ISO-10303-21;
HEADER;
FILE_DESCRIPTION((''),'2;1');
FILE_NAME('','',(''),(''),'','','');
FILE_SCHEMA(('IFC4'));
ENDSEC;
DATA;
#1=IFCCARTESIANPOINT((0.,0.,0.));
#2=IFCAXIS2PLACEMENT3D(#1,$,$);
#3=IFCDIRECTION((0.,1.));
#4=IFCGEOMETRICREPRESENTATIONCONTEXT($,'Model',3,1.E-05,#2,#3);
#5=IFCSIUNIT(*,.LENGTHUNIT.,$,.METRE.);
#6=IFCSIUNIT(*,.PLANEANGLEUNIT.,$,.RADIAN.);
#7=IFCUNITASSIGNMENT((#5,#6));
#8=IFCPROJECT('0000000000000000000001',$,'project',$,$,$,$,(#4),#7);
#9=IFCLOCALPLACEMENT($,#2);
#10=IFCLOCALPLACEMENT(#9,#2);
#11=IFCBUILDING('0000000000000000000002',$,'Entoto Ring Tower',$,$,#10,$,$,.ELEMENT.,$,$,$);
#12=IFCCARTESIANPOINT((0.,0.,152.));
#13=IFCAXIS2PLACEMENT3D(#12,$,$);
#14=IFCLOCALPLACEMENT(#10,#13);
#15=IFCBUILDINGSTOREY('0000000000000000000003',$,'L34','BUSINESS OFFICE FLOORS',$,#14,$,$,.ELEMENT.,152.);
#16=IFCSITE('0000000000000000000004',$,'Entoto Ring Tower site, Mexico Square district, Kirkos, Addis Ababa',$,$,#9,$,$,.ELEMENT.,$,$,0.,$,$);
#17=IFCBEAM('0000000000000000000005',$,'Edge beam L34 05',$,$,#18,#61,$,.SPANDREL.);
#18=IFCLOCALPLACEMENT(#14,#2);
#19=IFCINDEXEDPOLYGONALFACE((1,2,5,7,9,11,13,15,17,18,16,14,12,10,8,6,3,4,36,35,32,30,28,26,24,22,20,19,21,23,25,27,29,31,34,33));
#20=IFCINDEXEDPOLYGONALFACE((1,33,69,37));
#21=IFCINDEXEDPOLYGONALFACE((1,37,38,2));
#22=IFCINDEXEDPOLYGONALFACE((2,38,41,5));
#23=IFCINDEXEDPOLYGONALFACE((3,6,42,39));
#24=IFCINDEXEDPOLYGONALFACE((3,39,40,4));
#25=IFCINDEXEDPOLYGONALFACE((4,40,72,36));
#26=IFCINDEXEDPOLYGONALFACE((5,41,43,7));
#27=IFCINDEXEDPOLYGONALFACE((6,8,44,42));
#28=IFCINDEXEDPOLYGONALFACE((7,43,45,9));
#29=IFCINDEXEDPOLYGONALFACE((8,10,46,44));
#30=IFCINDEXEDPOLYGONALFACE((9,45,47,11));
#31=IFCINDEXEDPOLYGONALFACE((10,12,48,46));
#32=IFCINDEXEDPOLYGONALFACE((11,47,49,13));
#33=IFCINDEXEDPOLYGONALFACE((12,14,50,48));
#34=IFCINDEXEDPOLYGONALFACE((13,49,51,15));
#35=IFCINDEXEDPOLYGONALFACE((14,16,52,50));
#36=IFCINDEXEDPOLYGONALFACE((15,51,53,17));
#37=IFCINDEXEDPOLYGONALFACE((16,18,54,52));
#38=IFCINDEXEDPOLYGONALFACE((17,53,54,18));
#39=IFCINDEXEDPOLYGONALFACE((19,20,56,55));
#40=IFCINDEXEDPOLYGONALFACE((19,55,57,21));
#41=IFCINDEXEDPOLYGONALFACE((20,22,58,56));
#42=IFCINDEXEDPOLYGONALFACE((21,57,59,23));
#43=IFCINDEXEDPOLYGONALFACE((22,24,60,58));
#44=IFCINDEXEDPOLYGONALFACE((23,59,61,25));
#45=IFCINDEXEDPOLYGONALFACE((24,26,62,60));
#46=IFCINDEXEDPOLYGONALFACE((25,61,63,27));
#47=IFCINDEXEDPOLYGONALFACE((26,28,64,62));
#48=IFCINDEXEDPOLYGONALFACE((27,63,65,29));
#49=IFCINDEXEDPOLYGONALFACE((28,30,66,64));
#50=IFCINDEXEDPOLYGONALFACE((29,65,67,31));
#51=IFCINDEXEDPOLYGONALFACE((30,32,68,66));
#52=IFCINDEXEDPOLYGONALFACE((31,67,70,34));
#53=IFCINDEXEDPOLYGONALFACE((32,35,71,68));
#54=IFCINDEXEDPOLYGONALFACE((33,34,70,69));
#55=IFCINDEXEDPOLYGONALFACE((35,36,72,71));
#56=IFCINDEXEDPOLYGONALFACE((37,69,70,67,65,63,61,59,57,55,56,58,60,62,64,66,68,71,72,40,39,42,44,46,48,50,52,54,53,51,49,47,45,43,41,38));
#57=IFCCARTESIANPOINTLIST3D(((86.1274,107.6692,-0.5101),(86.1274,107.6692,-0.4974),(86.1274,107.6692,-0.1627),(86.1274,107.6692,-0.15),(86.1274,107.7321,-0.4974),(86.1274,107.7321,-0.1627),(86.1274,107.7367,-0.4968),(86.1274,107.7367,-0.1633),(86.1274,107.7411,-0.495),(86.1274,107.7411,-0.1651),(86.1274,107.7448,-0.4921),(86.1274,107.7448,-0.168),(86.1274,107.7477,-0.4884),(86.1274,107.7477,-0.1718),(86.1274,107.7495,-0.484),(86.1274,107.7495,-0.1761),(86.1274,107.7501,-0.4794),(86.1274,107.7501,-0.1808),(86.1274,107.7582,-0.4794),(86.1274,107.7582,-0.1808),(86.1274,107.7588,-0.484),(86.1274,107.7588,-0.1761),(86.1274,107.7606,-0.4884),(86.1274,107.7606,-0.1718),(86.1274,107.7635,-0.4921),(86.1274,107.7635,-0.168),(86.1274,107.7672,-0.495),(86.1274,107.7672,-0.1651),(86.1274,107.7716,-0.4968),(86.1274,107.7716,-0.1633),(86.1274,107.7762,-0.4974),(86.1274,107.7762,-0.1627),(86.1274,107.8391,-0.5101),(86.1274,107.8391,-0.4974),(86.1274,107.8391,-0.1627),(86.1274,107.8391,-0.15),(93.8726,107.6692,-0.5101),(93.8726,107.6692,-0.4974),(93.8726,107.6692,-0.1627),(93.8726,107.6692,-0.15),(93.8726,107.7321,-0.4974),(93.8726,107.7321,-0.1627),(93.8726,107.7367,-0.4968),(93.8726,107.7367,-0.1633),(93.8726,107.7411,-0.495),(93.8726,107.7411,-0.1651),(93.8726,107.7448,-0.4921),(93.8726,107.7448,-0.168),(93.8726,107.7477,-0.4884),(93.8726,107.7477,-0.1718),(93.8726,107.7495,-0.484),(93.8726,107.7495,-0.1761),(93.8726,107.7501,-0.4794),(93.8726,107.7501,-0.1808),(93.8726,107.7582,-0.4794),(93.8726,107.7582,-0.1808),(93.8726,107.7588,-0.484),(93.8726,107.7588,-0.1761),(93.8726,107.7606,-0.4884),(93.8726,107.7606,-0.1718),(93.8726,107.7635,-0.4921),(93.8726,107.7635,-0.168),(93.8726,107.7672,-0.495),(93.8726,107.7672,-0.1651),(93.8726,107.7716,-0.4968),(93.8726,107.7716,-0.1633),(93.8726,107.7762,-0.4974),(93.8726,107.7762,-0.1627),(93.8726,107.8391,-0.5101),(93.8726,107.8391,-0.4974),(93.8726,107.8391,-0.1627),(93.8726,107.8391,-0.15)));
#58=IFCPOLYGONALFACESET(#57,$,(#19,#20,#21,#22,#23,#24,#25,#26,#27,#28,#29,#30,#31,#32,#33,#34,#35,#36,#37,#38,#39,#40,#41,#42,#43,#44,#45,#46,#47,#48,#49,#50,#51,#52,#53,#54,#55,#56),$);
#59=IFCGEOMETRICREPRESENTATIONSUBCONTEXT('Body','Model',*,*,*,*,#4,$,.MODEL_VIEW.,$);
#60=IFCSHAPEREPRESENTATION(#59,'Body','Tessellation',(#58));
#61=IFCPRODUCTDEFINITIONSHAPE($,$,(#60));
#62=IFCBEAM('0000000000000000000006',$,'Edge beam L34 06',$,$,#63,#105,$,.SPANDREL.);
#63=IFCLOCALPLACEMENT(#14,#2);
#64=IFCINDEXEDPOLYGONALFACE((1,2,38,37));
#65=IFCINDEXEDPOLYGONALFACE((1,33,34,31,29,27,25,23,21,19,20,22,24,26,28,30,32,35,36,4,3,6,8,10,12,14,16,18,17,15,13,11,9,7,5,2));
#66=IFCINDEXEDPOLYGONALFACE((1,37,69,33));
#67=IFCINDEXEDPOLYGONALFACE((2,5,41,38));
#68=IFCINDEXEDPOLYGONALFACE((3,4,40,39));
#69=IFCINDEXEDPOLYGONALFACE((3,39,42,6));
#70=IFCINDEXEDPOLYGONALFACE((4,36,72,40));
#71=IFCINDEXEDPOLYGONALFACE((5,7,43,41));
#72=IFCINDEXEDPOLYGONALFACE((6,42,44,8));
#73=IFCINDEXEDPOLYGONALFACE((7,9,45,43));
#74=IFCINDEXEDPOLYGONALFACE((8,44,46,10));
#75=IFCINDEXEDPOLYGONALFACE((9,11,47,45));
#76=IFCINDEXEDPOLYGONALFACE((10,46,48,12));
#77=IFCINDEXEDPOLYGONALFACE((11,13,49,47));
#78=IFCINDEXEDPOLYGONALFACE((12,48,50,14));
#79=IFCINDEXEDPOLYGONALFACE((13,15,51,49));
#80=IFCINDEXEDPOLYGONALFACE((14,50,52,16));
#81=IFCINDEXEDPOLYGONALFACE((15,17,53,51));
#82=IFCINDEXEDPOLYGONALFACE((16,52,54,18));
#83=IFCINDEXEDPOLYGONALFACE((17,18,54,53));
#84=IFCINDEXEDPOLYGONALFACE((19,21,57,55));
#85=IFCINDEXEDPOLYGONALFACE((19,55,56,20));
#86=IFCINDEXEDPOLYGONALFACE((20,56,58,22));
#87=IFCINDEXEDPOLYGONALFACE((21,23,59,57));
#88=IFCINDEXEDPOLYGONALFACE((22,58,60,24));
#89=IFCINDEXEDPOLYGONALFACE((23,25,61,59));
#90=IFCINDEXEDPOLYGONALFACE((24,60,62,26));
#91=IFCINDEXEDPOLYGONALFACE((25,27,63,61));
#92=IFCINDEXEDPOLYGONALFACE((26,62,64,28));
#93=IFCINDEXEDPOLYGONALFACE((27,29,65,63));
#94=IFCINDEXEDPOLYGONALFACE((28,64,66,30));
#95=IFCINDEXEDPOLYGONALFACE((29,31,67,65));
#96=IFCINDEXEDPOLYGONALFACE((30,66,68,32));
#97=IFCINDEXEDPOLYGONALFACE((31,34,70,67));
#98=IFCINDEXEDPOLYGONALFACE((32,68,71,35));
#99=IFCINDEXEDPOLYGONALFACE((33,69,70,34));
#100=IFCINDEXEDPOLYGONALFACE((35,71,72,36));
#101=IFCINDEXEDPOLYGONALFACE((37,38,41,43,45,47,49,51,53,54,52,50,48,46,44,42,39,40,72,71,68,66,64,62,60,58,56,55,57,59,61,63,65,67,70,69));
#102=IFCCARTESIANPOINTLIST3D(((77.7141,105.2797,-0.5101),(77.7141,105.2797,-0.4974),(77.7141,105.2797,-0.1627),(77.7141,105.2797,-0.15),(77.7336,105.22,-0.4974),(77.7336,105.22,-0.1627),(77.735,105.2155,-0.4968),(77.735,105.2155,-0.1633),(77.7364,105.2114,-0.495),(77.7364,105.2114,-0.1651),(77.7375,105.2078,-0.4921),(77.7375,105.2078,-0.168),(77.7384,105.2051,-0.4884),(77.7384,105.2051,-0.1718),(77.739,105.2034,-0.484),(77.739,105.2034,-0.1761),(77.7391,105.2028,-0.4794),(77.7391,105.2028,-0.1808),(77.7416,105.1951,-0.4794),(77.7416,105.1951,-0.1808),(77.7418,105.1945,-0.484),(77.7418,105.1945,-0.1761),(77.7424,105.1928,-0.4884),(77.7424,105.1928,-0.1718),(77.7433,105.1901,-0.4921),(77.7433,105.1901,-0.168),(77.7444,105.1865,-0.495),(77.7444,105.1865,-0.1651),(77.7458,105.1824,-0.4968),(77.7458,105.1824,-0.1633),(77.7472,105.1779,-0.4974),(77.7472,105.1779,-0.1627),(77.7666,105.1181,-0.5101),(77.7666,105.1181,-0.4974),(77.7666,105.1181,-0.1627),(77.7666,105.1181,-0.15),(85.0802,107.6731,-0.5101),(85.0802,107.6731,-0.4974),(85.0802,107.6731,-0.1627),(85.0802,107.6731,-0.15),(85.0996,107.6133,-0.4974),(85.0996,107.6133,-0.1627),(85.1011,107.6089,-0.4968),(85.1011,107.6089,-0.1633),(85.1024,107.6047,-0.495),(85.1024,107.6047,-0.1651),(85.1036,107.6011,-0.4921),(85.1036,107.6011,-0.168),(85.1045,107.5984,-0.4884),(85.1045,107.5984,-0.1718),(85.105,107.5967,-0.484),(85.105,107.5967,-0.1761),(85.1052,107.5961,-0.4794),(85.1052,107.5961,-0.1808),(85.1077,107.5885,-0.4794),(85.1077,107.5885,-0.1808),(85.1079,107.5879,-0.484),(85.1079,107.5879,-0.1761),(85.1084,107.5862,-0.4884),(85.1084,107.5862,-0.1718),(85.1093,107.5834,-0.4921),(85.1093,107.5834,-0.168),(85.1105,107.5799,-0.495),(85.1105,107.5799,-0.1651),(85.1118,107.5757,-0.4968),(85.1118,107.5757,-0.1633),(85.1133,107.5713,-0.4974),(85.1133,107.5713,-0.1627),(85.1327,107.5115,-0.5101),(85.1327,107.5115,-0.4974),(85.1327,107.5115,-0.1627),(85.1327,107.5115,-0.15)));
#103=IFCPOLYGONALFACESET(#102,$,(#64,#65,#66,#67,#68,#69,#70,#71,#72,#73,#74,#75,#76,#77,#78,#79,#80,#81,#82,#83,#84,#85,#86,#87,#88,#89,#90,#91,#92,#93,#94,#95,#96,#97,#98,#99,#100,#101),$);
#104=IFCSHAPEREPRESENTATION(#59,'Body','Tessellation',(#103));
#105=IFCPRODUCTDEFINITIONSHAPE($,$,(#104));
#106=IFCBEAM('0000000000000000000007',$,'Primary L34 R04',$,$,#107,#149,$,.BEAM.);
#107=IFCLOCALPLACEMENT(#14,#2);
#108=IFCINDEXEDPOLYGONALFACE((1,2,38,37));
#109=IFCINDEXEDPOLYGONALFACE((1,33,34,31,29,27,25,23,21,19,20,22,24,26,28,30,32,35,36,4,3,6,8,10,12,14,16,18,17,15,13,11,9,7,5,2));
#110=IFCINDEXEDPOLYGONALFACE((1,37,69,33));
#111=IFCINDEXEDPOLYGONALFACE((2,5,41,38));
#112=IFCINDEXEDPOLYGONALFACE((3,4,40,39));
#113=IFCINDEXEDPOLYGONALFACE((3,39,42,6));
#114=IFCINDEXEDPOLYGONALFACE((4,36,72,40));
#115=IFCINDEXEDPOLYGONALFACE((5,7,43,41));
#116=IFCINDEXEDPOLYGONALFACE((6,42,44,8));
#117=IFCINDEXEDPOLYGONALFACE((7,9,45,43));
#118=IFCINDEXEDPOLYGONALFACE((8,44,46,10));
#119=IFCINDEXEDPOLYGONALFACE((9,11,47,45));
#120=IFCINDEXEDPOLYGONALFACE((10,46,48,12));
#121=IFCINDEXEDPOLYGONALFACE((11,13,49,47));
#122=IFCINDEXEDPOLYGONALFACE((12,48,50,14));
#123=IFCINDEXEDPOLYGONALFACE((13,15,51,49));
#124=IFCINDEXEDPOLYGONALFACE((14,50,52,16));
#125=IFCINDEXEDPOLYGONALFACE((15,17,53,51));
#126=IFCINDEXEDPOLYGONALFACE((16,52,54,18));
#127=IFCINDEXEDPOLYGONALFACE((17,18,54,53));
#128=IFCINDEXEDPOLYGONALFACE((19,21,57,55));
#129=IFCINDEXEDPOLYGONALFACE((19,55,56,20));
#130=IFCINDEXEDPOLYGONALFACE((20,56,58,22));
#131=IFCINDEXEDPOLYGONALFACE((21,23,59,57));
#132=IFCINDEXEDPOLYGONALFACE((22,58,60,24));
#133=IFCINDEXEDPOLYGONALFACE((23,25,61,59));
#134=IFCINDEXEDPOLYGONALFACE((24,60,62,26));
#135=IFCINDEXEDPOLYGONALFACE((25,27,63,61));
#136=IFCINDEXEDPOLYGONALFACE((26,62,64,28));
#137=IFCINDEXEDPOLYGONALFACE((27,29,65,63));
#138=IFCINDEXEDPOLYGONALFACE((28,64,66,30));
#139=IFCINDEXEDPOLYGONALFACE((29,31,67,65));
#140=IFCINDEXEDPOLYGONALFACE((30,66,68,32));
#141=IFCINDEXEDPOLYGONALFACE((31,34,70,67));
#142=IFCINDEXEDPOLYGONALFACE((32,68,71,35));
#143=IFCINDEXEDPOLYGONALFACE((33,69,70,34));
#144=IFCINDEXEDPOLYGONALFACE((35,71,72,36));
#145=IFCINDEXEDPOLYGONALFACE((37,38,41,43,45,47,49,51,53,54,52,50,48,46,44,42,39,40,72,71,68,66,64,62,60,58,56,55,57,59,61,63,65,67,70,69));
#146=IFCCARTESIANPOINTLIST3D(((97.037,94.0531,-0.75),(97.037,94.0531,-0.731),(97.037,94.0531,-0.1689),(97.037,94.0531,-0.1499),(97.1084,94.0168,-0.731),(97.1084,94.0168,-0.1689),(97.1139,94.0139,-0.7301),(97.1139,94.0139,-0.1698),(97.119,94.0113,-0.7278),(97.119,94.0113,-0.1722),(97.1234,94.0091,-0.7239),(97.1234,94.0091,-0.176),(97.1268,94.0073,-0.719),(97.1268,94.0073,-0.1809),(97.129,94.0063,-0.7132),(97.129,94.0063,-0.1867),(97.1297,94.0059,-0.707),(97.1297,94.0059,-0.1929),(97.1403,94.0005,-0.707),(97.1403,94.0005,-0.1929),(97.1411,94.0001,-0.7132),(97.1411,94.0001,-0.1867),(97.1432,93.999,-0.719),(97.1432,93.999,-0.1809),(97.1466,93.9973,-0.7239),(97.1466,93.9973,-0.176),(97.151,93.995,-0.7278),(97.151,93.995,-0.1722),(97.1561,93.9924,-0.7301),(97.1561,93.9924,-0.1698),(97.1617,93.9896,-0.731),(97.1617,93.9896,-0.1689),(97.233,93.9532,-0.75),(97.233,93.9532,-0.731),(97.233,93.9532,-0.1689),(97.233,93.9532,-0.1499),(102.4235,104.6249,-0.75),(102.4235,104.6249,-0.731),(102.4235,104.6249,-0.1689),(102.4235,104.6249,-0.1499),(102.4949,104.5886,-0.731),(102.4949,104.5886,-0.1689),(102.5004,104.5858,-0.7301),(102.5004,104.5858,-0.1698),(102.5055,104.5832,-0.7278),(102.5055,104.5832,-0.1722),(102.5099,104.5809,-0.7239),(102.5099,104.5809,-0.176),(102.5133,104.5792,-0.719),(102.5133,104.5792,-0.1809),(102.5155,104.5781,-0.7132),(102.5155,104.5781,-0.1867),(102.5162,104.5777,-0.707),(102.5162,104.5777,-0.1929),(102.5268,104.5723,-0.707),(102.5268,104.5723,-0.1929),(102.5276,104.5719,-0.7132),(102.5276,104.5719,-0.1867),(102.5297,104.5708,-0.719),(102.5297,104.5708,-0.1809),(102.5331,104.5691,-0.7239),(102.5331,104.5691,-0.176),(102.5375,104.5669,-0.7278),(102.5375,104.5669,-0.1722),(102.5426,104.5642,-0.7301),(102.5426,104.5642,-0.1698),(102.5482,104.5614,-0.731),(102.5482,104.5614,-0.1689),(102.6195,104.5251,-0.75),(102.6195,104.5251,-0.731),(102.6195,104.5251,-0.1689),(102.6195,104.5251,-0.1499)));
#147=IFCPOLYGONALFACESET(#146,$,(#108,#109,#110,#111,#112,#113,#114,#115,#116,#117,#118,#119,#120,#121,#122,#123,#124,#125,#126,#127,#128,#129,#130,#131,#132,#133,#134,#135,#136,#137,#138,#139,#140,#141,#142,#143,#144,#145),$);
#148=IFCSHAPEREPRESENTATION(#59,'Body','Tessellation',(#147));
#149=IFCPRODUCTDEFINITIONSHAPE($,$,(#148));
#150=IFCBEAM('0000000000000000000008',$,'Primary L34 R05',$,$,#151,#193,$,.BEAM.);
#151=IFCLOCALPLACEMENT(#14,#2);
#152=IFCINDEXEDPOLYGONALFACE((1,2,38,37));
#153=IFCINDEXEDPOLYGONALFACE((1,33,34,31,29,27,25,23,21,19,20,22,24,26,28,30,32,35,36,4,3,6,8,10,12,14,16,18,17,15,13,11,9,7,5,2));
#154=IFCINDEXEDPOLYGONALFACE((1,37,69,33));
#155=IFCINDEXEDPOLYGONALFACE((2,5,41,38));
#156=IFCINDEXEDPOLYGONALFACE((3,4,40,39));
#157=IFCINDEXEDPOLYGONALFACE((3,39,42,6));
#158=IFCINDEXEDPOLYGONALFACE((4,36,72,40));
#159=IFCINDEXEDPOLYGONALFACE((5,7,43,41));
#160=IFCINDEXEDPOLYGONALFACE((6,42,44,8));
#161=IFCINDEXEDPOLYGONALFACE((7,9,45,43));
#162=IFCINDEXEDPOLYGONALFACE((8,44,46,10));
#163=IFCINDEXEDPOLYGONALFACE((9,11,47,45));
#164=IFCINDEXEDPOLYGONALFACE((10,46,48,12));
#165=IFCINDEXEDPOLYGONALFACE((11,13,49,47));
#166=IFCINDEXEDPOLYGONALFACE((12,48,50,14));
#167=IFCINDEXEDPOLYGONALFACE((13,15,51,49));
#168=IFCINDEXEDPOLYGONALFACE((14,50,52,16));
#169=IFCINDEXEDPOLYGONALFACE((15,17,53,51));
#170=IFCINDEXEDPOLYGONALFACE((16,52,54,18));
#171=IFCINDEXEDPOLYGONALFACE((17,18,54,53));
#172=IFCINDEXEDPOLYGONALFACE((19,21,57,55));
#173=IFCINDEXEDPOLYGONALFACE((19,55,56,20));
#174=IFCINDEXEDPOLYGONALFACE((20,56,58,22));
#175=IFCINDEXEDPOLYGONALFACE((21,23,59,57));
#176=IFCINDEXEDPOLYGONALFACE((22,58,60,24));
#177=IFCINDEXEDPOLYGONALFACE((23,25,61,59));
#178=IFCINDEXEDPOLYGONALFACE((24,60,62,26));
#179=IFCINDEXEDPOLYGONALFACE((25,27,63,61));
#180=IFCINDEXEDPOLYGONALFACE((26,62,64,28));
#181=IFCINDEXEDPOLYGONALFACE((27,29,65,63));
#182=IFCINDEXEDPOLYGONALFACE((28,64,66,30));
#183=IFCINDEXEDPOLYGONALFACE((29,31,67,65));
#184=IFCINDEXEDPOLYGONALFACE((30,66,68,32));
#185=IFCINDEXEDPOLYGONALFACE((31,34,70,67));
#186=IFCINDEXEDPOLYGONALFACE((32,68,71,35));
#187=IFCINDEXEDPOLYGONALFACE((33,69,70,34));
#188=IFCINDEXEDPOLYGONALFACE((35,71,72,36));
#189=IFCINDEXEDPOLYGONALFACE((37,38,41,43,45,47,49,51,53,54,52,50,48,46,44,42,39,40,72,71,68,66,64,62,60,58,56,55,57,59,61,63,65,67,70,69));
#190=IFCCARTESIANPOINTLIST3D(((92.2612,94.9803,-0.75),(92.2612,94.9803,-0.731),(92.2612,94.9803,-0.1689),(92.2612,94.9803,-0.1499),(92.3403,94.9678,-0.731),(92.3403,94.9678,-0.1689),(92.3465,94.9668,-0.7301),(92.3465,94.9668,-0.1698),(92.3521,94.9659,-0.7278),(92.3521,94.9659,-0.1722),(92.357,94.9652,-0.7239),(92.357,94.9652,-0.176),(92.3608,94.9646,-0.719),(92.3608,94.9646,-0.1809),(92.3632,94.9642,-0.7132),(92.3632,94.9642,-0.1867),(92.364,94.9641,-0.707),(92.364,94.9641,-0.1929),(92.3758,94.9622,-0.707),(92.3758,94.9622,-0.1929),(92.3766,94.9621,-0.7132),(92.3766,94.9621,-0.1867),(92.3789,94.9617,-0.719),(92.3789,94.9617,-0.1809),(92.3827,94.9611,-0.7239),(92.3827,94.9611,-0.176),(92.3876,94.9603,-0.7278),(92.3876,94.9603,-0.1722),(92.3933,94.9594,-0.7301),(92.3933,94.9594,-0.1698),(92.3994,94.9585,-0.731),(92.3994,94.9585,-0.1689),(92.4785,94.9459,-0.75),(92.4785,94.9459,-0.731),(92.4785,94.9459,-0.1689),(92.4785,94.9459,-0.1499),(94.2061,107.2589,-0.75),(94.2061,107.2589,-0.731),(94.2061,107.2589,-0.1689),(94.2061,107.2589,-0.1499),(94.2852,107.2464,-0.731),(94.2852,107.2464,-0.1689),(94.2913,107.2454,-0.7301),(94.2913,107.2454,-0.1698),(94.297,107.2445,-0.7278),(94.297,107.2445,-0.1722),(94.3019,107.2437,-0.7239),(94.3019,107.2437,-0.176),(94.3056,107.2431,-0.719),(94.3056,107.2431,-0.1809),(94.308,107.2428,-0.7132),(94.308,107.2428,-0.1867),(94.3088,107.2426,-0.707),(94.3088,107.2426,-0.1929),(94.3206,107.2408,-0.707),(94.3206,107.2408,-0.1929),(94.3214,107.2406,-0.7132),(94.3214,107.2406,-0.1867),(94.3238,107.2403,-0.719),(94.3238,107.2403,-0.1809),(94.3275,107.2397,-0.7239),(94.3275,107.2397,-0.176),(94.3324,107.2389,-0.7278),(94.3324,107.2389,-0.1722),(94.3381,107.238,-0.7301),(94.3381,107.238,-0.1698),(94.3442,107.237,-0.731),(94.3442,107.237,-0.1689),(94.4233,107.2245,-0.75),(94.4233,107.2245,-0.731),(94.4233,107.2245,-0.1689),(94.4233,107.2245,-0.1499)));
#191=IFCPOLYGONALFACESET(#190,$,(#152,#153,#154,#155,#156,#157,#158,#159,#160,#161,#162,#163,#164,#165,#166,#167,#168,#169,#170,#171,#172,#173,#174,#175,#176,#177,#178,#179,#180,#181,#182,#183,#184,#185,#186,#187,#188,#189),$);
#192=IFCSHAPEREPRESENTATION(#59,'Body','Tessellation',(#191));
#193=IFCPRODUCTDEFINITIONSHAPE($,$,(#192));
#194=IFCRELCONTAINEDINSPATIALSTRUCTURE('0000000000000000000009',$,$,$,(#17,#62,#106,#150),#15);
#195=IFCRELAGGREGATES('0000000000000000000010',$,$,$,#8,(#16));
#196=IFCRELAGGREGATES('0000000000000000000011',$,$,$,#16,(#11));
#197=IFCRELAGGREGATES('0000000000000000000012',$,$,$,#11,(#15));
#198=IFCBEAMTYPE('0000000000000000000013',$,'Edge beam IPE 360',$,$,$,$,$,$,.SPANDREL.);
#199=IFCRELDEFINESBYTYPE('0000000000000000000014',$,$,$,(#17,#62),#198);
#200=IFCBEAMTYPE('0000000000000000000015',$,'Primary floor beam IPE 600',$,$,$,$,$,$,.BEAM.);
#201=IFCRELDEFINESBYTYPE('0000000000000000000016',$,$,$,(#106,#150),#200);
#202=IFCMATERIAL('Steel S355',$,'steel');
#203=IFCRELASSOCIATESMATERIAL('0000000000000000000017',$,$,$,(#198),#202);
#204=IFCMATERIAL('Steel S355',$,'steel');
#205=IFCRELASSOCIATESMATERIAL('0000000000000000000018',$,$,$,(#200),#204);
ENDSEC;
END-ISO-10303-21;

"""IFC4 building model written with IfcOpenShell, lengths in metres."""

from ifc_helpers import new_model, si_unit, direction, frame, origin, origin_2d, place, context, subcontext, project, spatial, i_section, extrude, material, material_profile, profile_set, type_object, element, save


model = new_model("IFC4")

# Units and contexts
model_context = context("Model", 3, precision=1e-05, world=origin(), true_north=direction((0.0, 1.0)))
body_context = subcontext(model_context, "Body", "Model", "MODEL_VIEW")
ifc_project = project(units=[si_unit("LENGTHUNIT", "METRE"), si_unit("PLANEANGLEUNIT", "RADIAN")], contexts=[model_context])

# Site, building, storey
site_placement = place(None, origin())
site = spatial("IfcSite", under=ifc_project, at=site_placement, Name="Entoto Ring Tower site, Mexico Square district, Kirkos, Addis Ababa", CompositionType="ELEMENT", RefElevation=0.0)
building_placement = place(site_placement, origin())
building = spatial("IfcBuilding", under=site, at=building_placement, Name="Entoto Ring Tower", CompositionType="ELEMENT")
storey_placement = place(building_placement, frame((0.0, 0.0, 152.0)))
storey = spatial("IfcBuildingStorey", under=building, at=storey_placement, Name="L34", Description="BUSINESS OFFICE FLOORS", CompositionType="ELEMENT", Elevation=152.0)

# Beams
ifc_material_1 = material(Name="Steel S355", Category="steel")
ifc_material_profile_1 = material_profile(ifc_material_1, i_section(OverallWidth=0.1699, OverallDepth=0.3601, WebThickness=0.0081, FlangeThickness=0.0127, FilletRadius=0.0181, at=origin_2d()), Name="IPE 360")
ifc_profile_set_1 = profile_set([ifc_material_profile_1], Name="Steel S355")
beam_type_1 = type_object("IfcBeamType", Name="Edge beam IPE 360", PredefinedType="SPANDREL", material=ifc_profile_set_1)
for number, where, z_axis, x_axis, name in (
    (1, (93.8726, 107.7542, -0.3301), (-1.0, 0.0, 0.0), (0.0, -1.0, 0.0), "Edge beam L34 05"),
    (2, (85.1064, 107.5923, -0.3301), (-0.951058, -0.309013, 0.0), (0.309013, -0.951058, 0.0), "Edge beam L34 06"),
):
    element("IfcBeam", number, at=place(storey_placement, frame(where, z_axis=z_axis, x_axis=x_axis)), inside=storey, type_object=beam_type_1, Name=name, PredefinedType="SPANDREL", context=body_context, shape_type="SweptSolid", body=[
        extrude(i_section(OverallWidth=0.1699, OverallDepth=0.3601, WebThickness=0.0081, FlangeThickness=0.0127, FilletRadius=0.0181, at=origin_2d()), origin(), (0.0, 0.0, 1.0), 7.7451),
    ])
ifc_material_2 = material(Name="Steel S355", Category="steel")
ifc_material_profile_2 = material_profile(ifc_material_2, i_section(OverallWidth=0.22, OverallDepth=0.6001, WebThickness=0.012, FlangeThickness=0.019, FilletRadius=0.0239, at=origin_2d()), Name="IPE 600")
ifc_profile_set_2 = profile_set([ifc_material_profile_2], Name="Steel S355")
beam_type_2 = type_object("IfcBeamType", Name="Primary floor beam IPE 600", PredefinedType="BEAM", material=ifc_profile_set_2)
beam_1_placement = place(storey_placement, frame((97.135, 94.0032, -0.45), z_axis=(0.453983, 0.89101, 0.0), x_axis=(-0.89101, 0.453983, 0.0)))
element("IfcBeam", 3, at=beam_1_placement, inside=storey, type_object=beam_type_2, Name="Primary L34 R04", PredefinedType="BEAM", context=body_context, shape_type="SweptSolid", body=[
    extrude(i_section(OverallWidth=0.22, OverallDepth=0.6001, WebThickness=0.012, FlangeThickness=0.019, FilletRadius=0.0239, at=origin_2d()), origin(), (0.0, 0.0, 1.0), 11.865),
])
for number, where, z_axis, x_axis, name in (
    (4, (92.3699, 94.9631, -0.45), (0.156442, 0.987687, 0.0), (-0.987687, 0.156442, 0.0), "Primary L34 R05"),
):
    element("IfcBeam", number, at=place(storey_placement, frame(where, z_axis=z_axis, x_axis=x_axis)), inside=storey, type_object=beam_type_2, Name=name, PredefinedType="BEAM", context=body_context, shape_type="SweptSolid", body=[
        extrude(i_section(OverallWidth=0.22, OverallDepth=0.6001, WebThickness=0.012, FlangeThickness=0.019, FilletRadius=0.0239, at=origin_2d()), origin(), (0.0, 0.0, 1.0), 12.4316),
    ])

save(model, "model.ifc")
